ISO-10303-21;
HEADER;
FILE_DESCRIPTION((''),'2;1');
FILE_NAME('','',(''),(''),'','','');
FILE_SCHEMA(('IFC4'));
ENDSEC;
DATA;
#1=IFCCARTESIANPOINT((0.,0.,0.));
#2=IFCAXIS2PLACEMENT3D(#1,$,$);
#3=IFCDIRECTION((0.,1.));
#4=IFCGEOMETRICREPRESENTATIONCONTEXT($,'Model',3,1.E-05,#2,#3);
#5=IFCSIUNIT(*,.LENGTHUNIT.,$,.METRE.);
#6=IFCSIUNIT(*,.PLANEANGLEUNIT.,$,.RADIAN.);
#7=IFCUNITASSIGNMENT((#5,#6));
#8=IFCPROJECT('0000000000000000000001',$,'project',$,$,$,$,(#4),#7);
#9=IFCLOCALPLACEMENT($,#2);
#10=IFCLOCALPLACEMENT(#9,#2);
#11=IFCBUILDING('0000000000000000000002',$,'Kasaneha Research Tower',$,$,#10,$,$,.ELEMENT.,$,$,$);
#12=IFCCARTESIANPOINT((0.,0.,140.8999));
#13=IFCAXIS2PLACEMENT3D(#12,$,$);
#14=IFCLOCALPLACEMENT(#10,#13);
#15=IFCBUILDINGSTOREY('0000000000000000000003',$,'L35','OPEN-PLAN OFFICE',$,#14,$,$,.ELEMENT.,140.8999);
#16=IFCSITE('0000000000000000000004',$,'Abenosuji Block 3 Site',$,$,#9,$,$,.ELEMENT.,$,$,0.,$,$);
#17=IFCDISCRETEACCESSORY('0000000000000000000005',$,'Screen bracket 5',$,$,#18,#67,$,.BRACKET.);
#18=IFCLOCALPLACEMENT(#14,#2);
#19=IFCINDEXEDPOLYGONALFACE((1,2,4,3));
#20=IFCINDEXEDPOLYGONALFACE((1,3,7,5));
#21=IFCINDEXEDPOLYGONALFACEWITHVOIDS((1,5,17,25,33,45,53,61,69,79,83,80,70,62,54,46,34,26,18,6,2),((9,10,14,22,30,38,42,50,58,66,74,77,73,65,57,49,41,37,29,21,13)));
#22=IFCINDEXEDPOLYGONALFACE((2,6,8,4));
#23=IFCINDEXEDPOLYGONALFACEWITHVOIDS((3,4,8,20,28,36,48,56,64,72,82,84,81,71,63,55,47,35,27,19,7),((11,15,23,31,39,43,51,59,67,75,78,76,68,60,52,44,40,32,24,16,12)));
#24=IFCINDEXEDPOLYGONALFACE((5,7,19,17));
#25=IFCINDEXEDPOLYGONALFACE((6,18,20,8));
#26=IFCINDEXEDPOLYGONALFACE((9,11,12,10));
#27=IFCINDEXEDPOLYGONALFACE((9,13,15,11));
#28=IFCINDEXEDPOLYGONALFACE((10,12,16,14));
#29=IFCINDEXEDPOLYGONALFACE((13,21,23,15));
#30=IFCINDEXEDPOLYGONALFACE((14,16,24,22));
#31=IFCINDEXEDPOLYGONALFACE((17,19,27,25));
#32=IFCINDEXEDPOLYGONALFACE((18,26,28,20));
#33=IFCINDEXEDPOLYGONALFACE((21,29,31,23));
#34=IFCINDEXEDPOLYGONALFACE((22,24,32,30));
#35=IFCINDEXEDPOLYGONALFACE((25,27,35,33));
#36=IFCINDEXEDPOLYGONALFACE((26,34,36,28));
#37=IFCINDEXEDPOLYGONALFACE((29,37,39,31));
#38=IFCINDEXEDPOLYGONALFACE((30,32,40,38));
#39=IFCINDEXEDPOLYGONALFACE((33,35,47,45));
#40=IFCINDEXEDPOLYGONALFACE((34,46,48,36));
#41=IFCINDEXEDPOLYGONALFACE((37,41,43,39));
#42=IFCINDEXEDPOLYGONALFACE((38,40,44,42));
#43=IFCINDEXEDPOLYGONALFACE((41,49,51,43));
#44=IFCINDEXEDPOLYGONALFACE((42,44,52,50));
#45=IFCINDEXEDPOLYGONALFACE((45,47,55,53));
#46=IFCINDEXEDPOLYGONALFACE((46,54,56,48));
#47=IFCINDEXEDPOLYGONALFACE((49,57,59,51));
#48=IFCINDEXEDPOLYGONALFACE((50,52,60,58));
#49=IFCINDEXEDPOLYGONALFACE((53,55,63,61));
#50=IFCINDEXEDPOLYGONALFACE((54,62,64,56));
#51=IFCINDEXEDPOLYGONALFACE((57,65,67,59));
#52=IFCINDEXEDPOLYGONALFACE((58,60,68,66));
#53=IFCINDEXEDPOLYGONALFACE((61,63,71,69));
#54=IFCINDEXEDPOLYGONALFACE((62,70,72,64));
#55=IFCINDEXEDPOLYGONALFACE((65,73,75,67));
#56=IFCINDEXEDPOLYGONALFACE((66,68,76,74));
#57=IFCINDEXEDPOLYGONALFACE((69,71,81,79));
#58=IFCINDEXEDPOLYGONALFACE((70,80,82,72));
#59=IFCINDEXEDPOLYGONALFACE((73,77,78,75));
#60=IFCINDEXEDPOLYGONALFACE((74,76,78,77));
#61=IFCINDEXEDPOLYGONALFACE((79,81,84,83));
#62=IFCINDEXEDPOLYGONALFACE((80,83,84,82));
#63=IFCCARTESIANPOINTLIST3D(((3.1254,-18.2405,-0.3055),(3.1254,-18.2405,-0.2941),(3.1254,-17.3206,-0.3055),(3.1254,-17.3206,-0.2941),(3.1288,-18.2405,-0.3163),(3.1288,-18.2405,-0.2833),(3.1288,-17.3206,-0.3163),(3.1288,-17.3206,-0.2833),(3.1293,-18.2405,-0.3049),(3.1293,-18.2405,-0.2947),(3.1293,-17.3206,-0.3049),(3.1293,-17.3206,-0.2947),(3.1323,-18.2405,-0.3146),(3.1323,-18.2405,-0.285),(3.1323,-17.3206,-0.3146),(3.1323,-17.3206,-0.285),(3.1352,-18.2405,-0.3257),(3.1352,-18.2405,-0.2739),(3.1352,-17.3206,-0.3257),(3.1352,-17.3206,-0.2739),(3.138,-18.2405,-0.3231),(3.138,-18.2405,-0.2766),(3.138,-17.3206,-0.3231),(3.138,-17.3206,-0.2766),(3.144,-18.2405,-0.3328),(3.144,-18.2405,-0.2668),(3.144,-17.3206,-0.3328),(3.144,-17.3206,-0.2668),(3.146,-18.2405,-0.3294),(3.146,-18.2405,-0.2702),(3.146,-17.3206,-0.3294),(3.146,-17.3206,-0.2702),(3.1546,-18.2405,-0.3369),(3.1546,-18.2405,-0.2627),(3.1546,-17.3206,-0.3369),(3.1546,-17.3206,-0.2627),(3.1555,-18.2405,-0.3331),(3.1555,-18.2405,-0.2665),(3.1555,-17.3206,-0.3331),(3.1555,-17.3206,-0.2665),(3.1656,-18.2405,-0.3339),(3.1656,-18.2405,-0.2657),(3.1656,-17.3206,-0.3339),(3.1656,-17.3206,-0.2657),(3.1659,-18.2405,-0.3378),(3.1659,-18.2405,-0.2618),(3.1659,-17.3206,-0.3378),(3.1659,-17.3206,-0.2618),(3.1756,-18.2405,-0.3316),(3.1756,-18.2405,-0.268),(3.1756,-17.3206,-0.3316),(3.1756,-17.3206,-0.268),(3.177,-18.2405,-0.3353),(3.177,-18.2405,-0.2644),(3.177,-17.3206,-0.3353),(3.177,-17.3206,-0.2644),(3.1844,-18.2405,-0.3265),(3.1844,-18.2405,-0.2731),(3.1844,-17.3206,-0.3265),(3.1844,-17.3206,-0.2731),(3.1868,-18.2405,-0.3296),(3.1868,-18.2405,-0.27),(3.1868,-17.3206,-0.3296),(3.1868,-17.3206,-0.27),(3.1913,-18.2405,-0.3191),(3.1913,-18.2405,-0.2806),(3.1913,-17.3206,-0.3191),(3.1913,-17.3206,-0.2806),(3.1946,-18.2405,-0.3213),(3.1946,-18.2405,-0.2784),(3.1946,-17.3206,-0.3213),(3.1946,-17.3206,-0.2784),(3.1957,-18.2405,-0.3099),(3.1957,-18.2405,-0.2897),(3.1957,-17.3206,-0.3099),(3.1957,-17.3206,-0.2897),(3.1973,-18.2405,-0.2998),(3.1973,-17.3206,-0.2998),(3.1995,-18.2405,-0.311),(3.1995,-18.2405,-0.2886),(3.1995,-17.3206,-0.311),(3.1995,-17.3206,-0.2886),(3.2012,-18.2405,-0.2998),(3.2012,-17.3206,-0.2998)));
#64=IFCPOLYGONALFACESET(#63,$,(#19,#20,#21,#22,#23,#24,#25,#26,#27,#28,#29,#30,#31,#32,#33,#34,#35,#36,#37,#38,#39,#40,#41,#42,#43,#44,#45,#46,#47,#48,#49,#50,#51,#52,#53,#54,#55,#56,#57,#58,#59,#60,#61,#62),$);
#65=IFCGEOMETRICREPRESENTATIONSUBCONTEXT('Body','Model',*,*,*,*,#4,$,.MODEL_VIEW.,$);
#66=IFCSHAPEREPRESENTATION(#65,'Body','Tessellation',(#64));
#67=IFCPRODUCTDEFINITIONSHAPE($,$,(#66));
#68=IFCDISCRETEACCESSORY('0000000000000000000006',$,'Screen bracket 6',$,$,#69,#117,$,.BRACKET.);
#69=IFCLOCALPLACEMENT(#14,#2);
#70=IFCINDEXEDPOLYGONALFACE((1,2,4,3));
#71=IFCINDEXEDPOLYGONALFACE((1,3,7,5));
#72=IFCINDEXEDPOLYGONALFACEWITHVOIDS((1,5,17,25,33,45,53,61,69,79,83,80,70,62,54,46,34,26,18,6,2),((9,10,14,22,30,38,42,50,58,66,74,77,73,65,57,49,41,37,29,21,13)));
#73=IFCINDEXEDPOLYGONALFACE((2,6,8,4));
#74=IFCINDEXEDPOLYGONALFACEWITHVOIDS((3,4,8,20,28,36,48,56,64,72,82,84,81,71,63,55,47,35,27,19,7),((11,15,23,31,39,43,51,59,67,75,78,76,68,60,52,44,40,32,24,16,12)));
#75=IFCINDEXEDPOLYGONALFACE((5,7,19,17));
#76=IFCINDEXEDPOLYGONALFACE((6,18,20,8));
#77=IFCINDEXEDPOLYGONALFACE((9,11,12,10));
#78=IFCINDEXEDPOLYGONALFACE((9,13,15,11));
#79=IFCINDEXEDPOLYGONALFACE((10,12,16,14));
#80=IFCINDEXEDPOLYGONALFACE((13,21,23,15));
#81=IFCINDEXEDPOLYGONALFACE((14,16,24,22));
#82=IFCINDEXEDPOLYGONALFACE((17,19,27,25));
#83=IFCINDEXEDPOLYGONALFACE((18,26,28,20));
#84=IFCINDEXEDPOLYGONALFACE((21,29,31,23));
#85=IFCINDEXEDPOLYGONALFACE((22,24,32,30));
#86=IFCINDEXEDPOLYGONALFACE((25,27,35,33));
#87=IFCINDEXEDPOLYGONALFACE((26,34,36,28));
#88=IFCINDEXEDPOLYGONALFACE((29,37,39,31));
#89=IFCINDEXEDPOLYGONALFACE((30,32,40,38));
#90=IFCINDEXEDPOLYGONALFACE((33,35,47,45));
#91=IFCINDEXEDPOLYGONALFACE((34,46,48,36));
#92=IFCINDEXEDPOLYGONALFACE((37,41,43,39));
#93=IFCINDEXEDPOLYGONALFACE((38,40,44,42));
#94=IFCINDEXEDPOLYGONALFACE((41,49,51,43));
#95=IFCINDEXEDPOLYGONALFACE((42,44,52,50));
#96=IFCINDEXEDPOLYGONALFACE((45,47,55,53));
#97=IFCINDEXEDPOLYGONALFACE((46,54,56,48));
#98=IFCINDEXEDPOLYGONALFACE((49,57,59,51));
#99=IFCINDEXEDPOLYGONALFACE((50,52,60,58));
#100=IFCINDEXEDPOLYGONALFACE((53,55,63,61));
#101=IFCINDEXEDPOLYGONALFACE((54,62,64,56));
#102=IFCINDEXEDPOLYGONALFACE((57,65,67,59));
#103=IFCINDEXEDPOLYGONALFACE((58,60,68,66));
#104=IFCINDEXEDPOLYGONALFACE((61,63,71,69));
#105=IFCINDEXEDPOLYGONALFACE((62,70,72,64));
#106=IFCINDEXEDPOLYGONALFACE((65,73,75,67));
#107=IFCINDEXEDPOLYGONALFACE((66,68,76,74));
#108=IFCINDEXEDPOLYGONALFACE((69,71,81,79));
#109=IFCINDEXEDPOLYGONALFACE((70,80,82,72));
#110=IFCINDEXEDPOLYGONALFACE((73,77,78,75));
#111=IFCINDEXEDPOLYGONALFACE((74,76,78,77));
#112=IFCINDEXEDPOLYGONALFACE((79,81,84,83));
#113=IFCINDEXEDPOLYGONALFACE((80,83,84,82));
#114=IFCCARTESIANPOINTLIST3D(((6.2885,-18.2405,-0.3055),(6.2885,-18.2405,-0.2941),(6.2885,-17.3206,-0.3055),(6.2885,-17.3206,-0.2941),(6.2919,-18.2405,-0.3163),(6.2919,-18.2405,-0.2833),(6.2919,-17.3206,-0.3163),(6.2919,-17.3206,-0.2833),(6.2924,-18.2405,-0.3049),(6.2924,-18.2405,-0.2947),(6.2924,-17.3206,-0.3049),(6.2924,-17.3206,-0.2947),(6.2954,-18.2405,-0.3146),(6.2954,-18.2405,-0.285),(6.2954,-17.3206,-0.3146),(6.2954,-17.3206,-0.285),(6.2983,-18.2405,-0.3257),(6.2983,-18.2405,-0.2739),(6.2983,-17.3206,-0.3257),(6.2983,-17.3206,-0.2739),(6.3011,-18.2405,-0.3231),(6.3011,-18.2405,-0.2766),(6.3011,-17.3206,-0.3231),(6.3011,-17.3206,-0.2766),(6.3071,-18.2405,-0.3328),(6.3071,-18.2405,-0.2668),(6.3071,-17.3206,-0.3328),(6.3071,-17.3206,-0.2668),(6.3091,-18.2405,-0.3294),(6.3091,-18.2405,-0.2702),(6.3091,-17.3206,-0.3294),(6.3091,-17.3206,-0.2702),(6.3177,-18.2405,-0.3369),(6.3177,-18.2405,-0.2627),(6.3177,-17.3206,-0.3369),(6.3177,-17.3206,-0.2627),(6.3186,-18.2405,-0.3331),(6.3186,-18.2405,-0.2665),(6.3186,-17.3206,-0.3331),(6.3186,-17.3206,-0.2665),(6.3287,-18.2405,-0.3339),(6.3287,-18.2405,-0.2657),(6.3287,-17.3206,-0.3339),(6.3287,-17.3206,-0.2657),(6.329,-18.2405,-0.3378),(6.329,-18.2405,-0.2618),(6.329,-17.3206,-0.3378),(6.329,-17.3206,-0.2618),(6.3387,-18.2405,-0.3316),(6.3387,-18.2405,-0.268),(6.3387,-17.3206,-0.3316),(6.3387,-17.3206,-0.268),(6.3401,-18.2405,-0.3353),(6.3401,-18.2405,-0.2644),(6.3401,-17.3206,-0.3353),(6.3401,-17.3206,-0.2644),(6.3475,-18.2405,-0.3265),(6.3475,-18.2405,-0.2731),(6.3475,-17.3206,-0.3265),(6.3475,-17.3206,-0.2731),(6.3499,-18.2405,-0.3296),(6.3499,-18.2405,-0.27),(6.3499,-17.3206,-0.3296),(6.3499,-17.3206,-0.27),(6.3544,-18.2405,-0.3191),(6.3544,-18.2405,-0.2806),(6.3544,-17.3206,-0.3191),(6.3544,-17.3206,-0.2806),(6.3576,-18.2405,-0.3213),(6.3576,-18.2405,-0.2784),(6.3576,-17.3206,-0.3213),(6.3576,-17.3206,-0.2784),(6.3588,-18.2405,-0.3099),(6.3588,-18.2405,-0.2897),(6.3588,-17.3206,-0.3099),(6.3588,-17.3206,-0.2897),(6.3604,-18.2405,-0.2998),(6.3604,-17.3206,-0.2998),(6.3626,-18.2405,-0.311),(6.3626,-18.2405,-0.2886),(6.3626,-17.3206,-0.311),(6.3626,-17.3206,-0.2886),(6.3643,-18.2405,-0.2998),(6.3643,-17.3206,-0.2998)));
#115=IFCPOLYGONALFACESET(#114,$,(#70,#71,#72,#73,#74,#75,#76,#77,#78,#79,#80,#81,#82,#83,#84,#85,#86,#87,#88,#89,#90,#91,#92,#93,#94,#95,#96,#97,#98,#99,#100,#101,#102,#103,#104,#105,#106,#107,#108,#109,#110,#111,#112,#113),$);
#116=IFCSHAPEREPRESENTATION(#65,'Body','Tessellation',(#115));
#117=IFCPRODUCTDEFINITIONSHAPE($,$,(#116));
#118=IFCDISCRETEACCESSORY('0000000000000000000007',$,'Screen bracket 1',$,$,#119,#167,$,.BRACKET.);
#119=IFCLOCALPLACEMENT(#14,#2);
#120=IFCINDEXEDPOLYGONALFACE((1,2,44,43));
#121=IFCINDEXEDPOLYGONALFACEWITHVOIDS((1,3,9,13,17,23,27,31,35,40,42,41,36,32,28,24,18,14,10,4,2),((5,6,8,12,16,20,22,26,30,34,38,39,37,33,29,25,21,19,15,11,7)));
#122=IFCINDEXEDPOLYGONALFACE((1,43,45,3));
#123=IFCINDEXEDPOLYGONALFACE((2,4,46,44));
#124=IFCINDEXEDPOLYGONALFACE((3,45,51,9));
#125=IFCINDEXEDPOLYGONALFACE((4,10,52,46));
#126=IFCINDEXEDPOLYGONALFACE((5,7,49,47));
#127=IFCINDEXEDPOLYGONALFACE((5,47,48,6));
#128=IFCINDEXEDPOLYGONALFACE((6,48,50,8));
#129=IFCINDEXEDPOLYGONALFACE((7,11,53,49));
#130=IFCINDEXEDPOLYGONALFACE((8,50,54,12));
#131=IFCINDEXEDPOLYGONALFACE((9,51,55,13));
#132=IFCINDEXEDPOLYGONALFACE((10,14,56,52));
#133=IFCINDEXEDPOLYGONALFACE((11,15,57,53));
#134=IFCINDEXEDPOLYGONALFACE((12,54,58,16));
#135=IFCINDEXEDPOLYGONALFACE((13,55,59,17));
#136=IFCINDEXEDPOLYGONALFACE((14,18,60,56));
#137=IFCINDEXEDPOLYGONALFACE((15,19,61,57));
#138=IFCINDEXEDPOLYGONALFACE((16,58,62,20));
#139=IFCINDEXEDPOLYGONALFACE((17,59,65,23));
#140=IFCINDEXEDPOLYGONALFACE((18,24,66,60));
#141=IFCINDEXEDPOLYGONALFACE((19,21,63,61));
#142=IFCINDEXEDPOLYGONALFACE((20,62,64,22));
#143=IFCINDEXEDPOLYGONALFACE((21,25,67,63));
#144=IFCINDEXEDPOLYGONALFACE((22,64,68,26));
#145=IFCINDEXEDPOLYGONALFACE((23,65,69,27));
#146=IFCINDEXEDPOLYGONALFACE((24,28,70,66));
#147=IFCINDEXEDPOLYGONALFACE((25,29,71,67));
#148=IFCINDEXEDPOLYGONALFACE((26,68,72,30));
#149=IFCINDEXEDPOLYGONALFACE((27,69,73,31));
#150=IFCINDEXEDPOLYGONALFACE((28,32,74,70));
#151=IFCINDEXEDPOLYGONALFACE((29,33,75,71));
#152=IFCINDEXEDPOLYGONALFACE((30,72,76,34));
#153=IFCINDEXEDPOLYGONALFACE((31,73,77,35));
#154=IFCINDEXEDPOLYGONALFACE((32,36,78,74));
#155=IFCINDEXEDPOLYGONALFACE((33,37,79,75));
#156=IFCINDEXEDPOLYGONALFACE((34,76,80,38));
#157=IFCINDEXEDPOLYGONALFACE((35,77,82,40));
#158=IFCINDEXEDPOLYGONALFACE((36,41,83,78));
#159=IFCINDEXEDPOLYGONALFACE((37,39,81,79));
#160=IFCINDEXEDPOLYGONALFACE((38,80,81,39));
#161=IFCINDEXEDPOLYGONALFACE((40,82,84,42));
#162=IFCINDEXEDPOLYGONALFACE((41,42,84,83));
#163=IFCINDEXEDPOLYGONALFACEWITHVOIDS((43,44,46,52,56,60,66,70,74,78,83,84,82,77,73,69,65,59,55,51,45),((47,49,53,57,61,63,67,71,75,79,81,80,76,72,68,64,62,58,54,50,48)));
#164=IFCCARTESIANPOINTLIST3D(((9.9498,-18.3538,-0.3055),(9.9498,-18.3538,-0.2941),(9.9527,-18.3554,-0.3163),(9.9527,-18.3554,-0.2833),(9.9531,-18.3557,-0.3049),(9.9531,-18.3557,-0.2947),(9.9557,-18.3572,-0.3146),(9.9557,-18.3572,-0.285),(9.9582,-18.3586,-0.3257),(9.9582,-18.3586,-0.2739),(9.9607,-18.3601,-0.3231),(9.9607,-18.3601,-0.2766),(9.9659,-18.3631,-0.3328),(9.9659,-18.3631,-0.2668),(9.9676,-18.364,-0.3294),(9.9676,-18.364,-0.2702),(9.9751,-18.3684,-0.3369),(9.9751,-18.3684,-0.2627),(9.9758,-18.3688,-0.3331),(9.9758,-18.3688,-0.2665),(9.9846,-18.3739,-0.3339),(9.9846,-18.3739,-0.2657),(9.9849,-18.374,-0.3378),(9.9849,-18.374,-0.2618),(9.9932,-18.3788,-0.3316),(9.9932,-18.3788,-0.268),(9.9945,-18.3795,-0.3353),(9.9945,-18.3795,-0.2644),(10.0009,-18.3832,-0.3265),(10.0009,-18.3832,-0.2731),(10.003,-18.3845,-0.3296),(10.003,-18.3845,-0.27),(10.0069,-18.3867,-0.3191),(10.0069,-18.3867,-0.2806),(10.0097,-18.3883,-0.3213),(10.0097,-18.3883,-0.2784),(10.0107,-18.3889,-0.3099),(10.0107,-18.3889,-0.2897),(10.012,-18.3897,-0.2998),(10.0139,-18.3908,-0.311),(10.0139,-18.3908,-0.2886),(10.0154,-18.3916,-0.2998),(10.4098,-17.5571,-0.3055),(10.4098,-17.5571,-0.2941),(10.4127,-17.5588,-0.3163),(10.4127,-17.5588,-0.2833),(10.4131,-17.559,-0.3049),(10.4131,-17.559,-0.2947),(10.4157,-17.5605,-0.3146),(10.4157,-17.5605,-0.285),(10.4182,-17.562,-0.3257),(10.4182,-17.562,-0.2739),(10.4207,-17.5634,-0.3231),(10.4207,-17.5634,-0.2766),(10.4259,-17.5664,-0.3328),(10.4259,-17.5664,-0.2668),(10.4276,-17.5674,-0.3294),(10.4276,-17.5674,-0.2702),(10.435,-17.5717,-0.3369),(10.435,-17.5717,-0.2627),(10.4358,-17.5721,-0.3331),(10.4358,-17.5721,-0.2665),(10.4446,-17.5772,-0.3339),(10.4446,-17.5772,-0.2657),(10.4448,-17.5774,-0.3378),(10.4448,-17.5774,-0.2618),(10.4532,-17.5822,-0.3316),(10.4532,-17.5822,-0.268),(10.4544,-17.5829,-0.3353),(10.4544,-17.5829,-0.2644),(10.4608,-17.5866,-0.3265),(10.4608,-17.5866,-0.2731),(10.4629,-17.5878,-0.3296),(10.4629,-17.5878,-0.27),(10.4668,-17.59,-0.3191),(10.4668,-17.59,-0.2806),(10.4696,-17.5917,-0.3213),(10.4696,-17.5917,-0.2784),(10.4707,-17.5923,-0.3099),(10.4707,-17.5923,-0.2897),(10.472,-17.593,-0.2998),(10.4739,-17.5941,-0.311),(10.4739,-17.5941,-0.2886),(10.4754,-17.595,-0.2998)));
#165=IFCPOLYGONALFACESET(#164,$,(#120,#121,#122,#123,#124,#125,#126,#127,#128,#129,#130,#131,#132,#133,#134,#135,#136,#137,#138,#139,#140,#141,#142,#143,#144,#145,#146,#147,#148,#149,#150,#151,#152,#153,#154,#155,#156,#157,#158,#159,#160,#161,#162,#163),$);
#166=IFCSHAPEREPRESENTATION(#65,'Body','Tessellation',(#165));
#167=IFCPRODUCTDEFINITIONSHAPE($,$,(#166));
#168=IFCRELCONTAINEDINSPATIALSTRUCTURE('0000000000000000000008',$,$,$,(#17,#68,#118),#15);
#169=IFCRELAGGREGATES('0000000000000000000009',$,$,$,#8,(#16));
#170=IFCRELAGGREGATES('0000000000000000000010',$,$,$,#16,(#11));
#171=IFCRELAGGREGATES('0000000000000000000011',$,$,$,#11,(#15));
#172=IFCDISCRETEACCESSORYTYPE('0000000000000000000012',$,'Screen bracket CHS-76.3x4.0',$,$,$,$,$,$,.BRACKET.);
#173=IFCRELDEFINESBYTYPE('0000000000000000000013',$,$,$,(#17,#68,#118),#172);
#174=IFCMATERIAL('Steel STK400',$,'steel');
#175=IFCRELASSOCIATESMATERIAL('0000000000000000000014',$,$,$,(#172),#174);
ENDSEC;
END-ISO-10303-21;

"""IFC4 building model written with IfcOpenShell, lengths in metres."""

from ifc_helpers import new_model, si_unit, direction, frame, origin, origin_2d, place, context, subcontext, project, spatial, hollow_circle, extrude, material, material_profile, profile_set, type_object, element, save


model = new_model("IFC4")

# Units and contexts
model_context = context("Model", 3, precision=1e-05, world=origin(), true_north=direction((0.0, 1.0)))
body_context = subcontext(model_context, "Body", "Model", "MODEL_VIEW")
ifc_project = project(units=[si_unit("LENGTHUNIT", "METRE"), si_unit("PLANEANGLEUNIT", "RADIAN")], contexts=[model_context])

# Site, building, storey
site_placement = place(None, origin())
site = spatial("IfcSite", under=ifc_project, at=site_placement, Name="Abenosuji Block 3 Site", CompositionType="ELEMENT", RefElevation=0.0)
building_placement = place(site_placement, origin())
building = spatial("IfcBuilding", under=site, at=building_placement, Name="Kasaneha Research Tower", CompositionType="ELEMENT")
storey_placement = place(building_placement, frame((0.0, 0.0, 140.8999)))
storey = spatial("IfcBuildingStorey", under=building, at=storey_placement, Name="L35", Description="OPEN-PLAN OFFICE", CompositionType="ELEMENT", Elevation=140.8999)

# Discrete accessories
ifc_material_1 = material(Name="Steel STK400", Category="steel")
ifc_material_profile_1 = material_profile(ifc_material_1, hollow_circle(Radius=0.0381, WallThickness=0.0039, at=origin_2d()), Name="CHS-76.3x4.0")
ifc_profile_set_1 = profile_set([ifc_material_profile_1], Name="Steel STK400")
discrete_accessory_type = type_object("IfcDiscreteAccessoryType", Name="Screen bracket CHS-76.3x4.0", PredefinedType="BRACKET", material=ifc_profile_set_1)
for number, where, z_axis, x_axis, name in (
    (1, (3.1631, -17.3206, -0.2998), (0.0, -1.0, 0.0), (1.0, 0.0, 0.0), "Screen bracket 5"),
    (2, (6.3262, -17.3206, -0.2998), (0.0, -1.0, 0.0), (1.0, 0.0, 0.0), "Screen bracket 6"),
    (3, (10.4424, -17.5759, -0.2998), (-0.500021, -0.866013, 0.0), (0.866013, -0.500021, 0.0), "Screen bracket 1"),
):
    element("IfcDiscreteAccessory", number, at=place(storey_placement, frame(where, z_axis=z_axis, x_axis=x_axis)), inside=storey, type_object=discrete_accessory_type, Name=name, PredefinedType="BRACKET", context=body_context, shape_type="SweptSolid", body=[
        extrude(hollow_circle(Radius=0.0381, WallThickness=0.0039, at=origin_2d()), origin(), (0.0, 0.0, 1.0), 0.9199),
    ])

save(model, "model.ifc")
